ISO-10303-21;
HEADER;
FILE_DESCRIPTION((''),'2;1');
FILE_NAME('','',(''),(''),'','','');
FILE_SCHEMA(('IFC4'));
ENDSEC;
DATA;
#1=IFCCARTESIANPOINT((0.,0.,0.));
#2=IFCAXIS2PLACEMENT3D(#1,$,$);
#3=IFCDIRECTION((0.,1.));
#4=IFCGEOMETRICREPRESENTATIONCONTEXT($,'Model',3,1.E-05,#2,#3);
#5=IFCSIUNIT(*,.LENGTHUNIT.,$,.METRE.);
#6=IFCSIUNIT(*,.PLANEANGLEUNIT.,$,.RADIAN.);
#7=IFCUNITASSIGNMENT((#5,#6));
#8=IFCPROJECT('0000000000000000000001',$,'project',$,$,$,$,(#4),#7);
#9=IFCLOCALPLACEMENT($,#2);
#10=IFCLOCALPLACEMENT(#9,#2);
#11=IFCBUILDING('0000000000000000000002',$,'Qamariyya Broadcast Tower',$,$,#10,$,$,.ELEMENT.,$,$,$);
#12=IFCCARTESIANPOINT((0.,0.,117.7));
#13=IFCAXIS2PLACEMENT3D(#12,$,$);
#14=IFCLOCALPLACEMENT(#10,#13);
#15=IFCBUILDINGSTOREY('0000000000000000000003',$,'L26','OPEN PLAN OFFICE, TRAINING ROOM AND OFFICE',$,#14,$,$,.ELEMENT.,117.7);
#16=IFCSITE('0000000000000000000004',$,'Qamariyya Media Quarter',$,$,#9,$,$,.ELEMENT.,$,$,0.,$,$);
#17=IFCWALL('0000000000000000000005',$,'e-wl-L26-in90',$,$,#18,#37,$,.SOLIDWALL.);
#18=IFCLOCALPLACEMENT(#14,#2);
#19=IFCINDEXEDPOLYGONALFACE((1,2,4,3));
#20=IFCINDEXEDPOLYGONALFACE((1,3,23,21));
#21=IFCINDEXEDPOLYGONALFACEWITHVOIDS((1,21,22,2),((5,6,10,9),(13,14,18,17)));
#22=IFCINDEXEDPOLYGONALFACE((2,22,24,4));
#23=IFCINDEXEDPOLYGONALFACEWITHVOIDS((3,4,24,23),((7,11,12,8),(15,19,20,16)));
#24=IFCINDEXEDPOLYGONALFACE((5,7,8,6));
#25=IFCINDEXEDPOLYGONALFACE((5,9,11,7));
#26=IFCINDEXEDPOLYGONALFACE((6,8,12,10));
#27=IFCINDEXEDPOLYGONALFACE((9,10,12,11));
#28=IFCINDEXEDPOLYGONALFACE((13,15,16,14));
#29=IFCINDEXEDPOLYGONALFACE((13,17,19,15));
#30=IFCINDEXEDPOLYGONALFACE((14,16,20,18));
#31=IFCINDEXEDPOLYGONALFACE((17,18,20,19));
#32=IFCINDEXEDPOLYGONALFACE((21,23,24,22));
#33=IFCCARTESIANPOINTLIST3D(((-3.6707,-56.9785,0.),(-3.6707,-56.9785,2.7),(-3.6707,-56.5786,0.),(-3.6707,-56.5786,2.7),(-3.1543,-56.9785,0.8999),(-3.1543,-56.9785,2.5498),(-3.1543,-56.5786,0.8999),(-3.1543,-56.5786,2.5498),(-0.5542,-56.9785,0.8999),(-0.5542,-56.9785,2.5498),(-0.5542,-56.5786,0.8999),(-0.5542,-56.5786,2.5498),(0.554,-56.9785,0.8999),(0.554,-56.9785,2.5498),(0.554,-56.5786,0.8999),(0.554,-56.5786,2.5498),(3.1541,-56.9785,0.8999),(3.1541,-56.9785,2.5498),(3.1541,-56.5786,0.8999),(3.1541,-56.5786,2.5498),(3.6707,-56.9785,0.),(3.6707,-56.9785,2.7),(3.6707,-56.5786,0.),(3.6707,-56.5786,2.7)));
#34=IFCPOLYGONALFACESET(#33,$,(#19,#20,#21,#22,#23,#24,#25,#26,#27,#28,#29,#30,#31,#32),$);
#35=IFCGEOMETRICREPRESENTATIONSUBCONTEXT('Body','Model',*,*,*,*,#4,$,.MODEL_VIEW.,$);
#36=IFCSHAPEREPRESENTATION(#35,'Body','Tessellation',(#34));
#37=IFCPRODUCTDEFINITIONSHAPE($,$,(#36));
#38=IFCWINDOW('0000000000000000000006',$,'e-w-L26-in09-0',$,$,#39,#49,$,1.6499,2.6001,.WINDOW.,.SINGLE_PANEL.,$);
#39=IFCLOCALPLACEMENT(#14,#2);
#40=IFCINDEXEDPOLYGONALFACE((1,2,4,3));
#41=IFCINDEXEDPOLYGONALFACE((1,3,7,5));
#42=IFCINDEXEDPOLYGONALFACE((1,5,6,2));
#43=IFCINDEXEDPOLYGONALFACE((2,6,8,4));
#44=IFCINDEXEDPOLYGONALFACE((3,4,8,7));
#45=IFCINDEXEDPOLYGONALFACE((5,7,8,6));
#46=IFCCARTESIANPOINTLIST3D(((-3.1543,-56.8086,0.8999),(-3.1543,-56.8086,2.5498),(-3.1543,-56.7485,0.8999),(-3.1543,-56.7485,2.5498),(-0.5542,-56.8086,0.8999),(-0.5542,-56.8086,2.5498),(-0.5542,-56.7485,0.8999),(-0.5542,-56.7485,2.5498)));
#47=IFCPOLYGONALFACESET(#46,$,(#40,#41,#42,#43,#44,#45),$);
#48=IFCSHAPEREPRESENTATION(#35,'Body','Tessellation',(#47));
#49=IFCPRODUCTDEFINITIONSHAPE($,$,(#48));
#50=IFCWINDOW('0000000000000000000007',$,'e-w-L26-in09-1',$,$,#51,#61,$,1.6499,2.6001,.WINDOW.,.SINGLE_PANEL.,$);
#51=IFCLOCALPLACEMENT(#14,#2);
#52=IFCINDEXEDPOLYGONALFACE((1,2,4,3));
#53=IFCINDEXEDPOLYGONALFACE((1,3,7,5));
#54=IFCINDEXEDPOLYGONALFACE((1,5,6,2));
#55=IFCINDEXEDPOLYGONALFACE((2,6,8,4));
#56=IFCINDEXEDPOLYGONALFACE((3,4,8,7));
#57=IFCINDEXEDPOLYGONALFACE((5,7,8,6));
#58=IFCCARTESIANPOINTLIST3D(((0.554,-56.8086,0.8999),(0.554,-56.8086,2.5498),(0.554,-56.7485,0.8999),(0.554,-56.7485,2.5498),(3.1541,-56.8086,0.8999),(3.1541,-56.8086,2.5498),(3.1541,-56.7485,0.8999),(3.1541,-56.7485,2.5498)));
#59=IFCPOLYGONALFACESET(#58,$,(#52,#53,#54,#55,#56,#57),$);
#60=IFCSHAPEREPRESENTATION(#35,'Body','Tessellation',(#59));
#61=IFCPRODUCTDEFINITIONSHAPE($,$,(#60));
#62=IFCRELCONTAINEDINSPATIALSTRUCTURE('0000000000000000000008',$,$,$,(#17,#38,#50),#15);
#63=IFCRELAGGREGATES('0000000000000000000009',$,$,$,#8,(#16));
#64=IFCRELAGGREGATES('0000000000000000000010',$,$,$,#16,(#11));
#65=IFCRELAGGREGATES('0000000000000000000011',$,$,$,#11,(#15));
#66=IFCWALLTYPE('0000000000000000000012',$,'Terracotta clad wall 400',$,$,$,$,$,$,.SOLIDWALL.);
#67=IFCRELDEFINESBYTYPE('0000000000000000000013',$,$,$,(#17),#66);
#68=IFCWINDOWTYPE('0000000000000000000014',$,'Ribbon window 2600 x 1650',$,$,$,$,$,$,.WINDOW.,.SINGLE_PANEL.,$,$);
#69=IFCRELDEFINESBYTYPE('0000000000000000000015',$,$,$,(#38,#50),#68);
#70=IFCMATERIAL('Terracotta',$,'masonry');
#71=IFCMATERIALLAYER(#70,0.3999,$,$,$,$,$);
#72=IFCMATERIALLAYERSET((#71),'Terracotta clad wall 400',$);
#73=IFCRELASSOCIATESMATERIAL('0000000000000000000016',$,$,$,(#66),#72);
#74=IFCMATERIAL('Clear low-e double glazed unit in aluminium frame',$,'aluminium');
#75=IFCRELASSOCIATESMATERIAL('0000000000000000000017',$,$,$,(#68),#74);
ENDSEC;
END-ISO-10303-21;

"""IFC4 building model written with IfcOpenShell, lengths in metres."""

from ifc_helpers import new_model, si_unit, direction, frame, frame_2d, origin, place, context, subcontext, project, spatial, rectangle, extrude, material, layer, layer_set, type_object, element, fill, save


model = new_model("IFC4")

# Units and contexts
model_context = context("Model", 3, precision=1e-05, world=origin(), true_north=direction((0.0, 1.0)))
body_context = subcontext(model_context, "Body", "Model", "MODEL_VIEW")
ifc_project = project(units=[si_unit("LENGTHUNIT", "METRE"), si_unit("PLANEANGLEUNIT", "RADIAN")], contexts=[model_context])

# Site, building, storey
site_placement = place(None, origin())
site = spatial("IfcSite", under=ifc_project, at=site_placement, Name="Qamariyya Media Quarter", CompositionType="ELEMENT", RefElevation=0.0)
building_placement = place(site_placement, origin())
building = spatial("IfcBuilding", under=site, at=building_placement, Name="Qamariyya Broadcast Tower", CompositionType="ELEMENT")
storey_placement = place(building_placement, frame((0.0, 0.0, 117.7)))
storey = spatial("IfcBuildingStorey", under=building, at=storey_placement, Name="L26", Description="OPEN PLAN OFFICE, TRAINING ROOM AND OFFICE", CompositionType="ELEMENT", Elevation=117.7)

# Wall, openings, windows
ifc_material_1 = material(Name="Terracotta", Category="masonry")
ifc_layer_1 = layer(ifc_material_1, 0.3999)
ifc_layer_set_1 = layer_set([ifc_layer_1], Name="Terracotta clad wall 400")
wall_type_1 = type_object("IfcWallType", Name="Terracotta clad wall 400", PredefinedType="SOLIDWALL", material=ifc_layer_set_1)
ifc_material_2 = material(Name="Clear low-e double glazed unit in aluminium frame", Category="aluminium")
window_type = type_object("IfcWindowType", Name="Ribbon window 2600 x 1650", PartitioningType="SINGLE_PANEL", PredefinedType="WINDOW", material=ifc_material_2)
wall_1_placement = place(storey_placement, frame((3.6707, -56.7786, 0.0), z_axis=(0.0, 0.0, 1.0), x_axis=(-1.0, 0.0, 0.0)))
wall_1 = element("IfcWall", 1, at=wall_1_placement, inside=storey, type_object=wall_type_1, Name="e-wl-L26-in90", PredefinedType="SOLIDWALL", context=body_context, shape_type="SweptSolid", body=[
    extrude(rectangle(XDim=7.3413, YDim=0.3999, at=frame_2d((3.6707, 0.0))), origin(), (0.0, 0.0, 1.0), 2.7),
])
opening_1_placement = place(wall_1_placement, frame((4.2249, 0.0, 0.8999)))
opening_1 = element("IfcOpeningElement", 2, at=opening_1_placement, cuts=wall_1, PredefinedType="OPENING", context=body_context, shape_type="SweptSolid", body=[
    extrude(rectangle(XDim=2.6001, YDim=1.6499, at=frame_2d((1.3, 0.825))), frame((0.0, 0.21, 0.0), z_axis=(0.0, -1.0, 0.0), x_axis=(1.0, 0.0, 0.0)), (0.0, 0.0, 1.0), 0.4199),
])
opening_2_placement = place(wall_1_placement, frame((0.5166, 0.0, 0.8999)))
opening_2 = element("IfcOpeningElement", 3, at=opening_2_placement, cuts=wall_1, PredefinedType="OPENING", context=body_context, shape_type="SweptSolid", body=[
    extrude(rectangle(XDim=2.6001, YDim=1.6499, at=frame_2d((1.3, 0.825))), frame((0.0, 0.21, 0.0), z_axis=(0.0, -1.0, 0.0), x_axis=(1.0, 0.0, 0.0)), (0.0, 0.0, 1.0), 0.4199),
])
window_1_placement = place(opening_1_placement, origin())
window_1 = element("IfcWindow", 4, at=window_1_placement, inside=storey, type_object=window_type, Name="e-w-L26-in09-0", OverallHeight=1.6499, OverallWidth=2.6001, PartitioningType="SINGLE_PANEL", PredefinedType="WINDOW", context=body_context, shape_type="SweptSolid", body=[
    extrude(rectangle(XDim=2.6001, YDim=1.6499, at=frame_2d((1.3, 0.825))), frame((0.0, 0.03, 0.0), z_axis=(0.0, -1.0, 0.0), x_axis=(1.0, 0.0, 0.0)), (0.0, 0.0, 1.0), 0.0601),
])
fill(opening_1, window_1)
window_2_placement = place(opening_2_placement, origin())
window_2 = element("IfcWindow", 5, at=window_2_placement, inside=storey, type_object=window_type, Name="e-w-L26-in09-1", OverallHeight=1.6499, OverallWidth=2.6001, PartitioningType="SINGLE_PANEL", PredefinedType="WINDOW", context=body_context, shape_type="SweptSolid", body=[
    extrude(rectangle(XDim=2.6001, YDim=1.6499, at=frame_2d((1.3, 0.825))), frame((0.0, 0.03, 0.0), z_axis=(0.0, -1.0, 0.0), x_axis=(1.0, 0.0, 0.0)), (0.0, 0.0, 1.0), 0.0601),
])
fill(opening_2, window_2)

save(model, "model.ifc")
